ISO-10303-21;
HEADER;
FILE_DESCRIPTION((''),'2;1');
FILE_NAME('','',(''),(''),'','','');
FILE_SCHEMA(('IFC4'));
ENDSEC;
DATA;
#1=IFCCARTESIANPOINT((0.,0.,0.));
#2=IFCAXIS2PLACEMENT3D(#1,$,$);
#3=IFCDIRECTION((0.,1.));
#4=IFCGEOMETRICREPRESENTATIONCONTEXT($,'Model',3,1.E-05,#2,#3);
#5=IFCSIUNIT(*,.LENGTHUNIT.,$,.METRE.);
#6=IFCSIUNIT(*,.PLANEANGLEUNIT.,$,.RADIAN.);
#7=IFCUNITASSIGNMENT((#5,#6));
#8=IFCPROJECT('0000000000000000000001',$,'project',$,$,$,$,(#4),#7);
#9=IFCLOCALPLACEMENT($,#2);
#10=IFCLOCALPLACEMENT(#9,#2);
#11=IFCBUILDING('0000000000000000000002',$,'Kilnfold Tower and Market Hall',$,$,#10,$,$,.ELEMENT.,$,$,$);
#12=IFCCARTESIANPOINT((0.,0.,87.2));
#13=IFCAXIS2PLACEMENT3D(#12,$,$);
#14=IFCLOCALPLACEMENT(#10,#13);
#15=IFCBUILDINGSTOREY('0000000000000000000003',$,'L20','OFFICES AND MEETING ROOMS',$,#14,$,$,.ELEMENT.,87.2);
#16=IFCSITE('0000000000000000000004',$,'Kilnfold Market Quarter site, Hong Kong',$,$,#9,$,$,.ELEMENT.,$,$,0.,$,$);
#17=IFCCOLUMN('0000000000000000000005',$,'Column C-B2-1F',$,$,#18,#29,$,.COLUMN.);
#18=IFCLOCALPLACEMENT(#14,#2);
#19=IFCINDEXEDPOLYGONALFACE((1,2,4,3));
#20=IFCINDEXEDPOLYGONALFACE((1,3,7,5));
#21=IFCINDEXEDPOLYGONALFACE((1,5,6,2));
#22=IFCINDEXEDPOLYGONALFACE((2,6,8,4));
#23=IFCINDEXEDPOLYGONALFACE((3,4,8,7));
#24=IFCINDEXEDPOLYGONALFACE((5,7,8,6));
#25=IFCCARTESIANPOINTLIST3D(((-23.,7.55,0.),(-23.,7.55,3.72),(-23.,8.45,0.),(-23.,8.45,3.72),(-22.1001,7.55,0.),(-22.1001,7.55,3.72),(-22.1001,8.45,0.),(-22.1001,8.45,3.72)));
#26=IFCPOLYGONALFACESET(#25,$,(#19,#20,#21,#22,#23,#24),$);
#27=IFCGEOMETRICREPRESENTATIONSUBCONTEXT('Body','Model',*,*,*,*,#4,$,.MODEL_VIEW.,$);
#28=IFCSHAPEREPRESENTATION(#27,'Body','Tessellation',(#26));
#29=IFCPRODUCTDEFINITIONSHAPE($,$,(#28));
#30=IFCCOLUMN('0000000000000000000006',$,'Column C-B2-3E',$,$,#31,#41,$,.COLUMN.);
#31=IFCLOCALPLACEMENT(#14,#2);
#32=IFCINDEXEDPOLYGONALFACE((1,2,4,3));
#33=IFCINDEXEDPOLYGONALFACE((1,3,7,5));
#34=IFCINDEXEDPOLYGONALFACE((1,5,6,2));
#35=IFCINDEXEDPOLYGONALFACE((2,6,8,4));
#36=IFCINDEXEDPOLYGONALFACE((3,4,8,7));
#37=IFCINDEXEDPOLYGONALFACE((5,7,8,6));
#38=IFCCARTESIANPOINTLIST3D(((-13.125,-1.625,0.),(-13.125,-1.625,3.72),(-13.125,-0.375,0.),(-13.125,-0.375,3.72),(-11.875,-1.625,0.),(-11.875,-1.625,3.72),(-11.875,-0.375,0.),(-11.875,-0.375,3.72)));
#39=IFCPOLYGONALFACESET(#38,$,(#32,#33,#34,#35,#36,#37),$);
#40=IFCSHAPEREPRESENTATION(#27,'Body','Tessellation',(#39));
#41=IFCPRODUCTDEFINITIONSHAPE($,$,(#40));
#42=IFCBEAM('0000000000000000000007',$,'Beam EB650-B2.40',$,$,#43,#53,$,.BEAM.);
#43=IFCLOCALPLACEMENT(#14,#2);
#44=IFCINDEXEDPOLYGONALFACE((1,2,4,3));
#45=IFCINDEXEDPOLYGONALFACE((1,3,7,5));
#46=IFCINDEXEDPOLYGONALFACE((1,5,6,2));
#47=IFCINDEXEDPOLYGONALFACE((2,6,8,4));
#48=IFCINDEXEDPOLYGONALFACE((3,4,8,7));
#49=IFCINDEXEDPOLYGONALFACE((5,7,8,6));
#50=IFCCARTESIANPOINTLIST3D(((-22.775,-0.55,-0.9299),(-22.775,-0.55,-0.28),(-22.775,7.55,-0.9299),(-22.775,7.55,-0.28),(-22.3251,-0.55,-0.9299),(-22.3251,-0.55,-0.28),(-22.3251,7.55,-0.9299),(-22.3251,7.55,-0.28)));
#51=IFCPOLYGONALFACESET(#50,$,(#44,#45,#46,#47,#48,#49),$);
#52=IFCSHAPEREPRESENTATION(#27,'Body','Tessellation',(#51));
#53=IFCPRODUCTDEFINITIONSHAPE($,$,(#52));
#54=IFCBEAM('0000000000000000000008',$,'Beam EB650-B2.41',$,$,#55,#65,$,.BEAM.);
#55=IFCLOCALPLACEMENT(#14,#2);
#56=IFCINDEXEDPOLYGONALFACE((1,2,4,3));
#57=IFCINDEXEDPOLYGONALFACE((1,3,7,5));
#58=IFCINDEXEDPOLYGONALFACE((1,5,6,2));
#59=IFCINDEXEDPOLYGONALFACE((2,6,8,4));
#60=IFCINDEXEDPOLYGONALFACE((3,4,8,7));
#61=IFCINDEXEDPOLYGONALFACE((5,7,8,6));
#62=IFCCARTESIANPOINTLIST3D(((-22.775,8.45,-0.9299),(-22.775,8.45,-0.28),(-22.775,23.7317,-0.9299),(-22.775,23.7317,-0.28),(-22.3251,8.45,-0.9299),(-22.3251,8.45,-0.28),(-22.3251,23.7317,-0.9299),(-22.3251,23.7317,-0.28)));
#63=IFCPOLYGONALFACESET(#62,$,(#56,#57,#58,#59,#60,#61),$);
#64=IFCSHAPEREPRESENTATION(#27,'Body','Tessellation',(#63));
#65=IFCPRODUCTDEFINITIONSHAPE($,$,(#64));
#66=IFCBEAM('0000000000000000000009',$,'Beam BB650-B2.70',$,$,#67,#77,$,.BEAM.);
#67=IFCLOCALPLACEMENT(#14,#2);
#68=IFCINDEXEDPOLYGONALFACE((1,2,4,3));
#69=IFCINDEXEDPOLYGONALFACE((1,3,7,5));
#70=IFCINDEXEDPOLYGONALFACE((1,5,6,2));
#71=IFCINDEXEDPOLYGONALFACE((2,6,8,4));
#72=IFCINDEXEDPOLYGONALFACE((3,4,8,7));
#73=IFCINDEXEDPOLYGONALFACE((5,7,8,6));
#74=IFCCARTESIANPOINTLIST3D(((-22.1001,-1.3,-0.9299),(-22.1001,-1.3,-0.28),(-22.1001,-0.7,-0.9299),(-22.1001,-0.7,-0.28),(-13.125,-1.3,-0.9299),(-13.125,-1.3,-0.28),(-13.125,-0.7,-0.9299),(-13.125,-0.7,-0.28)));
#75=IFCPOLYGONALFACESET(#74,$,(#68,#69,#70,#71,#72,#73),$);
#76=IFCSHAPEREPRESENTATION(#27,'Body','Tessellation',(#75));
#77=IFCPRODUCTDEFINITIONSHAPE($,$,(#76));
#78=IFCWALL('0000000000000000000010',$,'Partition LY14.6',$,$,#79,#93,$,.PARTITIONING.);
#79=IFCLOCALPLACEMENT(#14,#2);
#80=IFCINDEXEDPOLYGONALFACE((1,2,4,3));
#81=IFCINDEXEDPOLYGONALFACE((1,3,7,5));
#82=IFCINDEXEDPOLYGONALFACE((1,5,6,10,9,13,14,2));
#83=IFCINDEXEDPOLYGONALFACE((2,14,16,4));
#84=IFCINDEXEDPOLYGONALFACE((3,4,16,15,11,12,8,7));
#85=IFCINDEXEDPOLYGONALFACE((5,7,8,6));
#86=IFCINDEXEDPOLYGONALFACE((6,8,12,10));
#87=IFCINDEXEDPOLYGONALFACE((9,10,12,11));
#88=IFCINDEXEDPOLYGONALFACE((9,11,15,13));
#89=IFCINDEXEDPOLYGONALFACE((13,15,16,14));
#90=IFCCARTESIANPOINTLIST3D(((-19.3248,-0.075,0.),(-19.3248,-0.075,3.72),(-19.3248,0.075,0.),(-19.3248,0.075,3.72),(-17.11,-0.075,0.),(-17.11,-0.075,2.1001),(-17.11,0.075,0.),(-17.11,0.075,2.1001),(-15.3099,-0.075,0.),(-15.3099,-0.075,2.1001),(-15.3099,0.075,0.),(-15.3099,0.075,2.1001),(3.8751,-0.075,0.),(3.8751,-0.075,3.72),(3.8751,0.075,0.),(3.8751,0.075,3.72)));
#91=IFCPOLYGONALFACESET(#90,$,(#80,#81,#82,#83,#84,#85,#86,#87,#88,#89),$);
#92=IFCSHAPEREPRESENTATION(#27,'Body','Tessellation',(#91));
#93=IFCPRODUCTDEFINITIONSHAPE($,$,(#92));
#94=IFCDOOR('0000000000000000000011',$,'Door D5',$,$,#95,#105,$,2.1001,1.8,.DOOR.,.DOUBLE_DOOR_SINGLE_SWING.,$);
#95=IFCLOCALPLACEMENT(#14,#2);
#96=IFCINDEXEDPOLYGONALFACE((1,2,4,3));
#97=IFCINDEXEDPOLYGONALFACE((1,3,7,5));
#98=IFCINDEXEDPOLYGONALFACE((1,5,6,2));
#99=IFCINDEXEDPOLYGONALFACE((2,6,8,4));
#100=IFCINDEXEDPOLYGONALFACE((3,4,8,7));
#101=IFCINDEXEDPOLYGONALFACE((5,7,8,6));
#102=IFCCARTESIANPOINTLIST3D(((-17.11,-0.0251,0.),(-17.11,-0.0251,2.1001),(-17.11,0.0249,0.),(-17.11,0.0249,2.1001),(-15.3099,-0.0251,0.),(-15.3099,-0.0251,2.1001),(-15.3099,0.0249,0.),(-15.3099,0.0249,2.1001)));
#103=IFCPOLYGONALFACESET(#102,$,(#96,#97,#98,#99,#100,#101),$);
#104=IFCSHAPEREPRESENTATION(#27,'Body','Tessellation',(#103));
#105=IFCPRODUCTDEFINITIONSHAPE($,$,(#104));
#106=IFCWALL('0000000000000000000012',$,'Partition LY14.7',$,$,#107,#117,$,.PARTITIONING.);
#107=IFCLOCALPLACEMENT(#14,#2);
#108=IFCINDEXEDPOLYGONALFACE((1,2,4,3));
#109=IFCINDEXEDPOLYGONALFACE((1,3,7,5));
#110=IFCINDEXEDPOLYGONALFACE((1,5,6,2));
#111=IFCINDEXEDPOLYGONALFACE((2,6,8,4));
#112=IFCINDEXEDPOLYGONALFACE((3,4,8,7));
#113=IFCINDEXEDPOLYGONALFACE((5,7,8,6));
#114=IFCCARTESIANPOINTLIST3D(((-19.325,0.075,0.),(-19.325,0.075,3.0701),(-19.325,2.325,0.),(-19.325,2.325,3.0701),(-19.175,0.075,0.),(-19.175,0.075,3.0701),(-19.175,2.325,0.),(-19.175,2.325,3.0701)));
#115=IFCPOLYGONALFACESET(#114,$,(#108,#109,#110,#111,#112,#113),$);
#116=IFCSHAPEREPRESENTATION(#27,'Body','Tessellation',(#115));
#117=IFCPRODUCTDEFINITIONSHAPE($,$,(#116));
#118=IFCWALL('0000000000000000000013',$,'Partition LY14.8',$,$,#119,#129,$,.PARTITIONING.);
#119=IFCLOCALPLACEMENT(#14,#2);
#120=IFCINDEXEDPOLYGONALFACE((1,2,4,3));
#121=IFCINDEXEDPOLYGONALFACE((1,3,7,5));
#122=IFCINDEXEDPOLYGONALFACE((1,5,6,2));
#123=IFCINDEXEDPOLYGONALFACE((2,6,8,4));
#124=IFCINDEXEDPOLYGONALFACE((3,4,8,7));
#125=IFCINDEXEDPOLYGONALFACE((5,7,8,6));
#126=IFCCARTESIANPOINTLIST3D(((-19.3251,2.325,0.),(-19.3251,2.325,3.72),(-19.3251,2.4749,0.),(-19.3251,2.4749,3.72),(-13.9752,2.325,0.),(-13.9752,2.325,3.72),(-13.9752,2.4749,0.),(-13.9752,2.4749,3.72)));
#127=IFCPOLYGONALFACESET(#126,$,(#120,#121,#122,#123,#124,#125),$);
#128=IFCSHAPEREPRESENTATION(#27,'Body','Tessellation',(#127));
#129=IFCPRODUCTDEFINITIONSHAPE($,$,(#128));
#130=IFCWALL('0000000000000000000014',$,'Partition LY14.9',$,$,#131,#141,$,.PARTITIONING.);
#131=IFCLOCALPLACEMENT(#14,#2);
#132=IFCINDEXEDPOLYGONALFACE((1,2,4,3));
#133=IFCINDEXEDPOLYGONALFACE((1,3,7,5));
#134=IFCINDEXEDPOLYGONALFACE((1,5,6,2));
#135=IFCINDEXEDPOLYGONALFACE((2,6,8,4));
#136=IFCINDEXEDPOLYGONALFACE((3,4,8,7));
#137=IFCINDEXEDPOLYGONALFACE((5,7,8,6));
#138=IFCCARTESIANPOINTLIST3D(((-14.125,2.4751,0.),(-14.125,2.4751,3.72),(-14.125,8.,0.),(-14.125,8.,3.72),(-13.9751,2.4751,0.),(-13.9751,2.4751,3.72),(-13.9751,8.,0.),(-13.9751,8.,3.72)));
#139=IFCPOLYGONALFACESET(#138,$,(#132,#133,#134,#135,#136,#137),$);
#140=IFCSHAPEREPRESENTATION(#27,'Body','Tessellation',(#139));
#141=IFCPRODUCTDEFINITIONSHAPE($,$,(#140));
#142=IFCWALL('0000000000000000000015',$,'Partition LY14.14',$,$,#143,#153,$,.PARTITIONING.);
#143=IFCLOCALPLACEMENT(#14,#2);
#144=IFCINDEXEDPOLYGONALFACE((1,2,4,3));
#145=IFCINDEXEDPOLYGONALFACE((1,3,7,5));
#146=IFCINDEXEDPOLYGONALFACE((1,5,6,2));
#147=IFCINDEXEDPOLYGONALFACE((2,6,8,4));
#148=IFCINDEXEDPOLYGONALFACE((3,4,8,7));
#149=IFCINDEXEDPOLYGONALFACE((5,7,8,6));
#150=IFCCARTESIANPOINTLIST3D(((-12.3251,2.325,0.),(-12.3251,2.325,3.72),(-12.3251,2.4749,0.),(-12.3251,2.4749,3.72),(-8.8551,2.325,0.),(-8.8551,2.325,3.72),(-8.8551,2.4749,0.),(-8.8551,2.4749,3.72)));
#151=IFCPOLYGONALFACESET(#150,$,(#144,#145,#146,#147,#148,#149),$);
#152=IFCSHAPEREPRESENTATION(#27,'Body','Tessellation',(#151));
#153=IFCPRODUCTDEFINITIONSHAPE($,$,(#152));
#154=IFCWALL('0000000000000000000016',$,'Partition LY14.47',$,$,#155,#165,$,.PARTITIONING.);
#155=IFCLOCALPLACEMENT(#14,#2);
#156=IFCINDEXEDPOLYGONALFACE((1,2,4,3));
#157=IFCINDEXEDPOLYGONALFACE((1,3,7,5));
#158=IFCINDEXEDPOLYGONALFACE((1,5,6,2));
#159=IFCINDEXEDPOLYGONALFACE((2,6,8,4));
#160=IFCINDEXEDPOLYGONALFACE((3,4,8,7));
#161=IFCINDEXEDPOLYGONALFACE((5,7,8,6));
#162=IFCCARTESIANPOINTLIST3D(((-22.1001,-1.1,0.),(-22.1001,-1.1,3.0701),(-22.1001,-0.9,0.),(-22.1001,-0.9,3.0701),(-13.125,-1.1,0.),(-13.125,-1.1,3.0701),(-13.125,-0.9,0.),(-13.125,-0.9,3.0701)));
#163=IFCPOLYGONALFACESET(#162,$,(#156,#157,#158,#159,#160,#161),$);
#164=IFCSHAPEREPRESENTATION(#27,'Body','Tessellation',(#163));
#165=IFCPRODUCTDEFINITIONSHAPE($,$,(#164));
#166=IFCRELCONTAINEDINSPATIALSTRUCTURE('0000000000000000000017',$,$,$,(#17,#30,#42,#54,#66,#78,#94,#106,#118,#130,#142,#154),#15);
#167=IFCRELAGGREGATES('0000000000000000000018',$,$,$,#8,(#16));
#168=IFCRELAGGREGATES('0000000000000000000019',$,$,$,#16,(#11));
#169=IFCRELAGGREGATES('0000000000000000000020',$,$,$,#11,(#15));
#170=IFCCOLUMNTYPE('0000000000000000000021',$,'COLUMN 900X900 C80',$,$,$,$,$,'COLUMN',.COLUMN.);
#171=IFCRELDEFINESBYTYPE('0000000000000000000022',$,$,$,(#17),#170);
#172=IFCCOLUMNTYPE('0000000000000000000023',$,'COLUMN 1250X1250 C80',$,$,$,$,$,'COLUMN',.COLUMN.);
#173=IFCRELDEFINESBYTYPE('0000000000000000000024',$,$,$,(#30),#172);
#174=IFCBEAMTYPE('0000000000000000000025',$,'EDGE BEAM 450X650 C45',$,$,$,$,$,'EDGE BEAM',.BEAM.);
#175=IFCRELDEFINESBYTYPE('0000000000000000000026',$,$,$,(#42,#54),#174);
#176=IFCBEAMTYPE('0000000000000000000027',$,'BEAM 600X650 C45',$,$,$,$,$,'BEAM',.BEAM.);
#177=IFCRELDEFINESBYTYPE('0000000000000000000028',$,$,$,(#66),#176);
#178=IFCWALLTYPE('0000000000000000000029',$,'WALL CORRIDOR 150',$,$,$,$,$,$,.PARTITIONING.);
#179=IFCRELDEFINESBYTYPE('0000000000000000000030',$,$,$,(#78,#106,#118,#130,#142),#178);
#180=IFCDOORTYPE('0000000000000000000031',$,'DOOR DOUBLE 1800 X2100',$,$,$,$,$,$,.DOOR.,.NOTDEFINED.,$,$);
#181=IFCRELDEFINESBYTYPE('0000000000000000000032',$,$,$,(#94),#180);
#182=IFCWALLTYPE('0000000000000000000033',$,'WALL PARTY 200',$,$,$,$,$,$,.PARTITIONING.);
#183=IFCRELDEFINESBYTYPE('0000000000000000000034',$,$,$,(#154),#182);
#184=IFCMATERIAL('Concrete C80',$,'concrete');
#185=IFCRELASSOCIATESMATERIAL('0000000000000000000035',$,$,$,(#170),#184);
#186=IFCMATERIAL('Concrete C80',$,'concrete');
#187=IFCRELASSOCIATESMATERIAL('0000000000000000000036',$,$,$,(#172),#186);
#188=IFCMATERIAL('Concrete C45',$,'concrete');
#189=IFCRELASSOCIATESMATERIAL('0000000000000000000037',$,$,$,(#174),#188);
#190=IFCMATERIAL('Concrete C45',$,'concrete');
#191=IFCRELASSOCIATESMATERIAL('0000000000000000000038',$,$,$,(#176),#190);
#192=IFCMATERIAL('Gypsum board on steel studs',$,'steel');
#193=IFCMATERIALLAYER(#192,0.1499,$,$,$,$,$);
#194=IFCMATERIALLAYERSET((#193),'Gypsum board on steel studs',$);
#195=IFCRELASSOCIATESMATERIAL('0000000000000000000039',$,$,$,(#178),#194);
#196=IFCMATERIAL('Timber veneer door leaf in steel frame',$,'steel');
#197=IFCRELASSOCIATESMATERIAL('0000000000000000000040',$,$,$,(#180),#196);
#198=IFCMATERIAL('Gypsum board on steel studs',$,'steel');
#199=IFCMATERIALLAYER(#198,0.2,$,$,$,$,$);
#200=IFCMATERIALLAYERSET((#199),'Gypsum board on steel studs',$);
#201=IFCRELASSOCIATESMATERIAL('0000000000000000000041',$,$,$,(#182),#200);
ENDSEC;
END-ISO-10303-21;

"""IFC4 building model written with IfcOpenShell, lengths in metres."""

from ifc_helpers import new_model, si_unit, direction, frame, frame_2d, origin, origin_2d, place, context, subcontext, project, spatial, rectangle, extrude, source, transform, mapped, material, layer, layer_set, material_profile, profile_set, type_object, element, fill, save


model = new_model("IFC4")

# Units and contexts
model_context = context("Model", 3, precision=1e-05, world=origin(), true_north=direction((0.0, 1.0)))
body_context = subcontext(model_context, "Body", "Model", "MODEL_VIEW")
ifc_project = project(units=[si_unit("LENGTHUNIT", "METRE"), si_unit("PLANEANGLEUNIT", "RADIAN")], contexts=[model_context])

# Site, building, storey
site_placement = place(None, origin())
site = spatial("IfcSite", under=ifc_project, at=site_placement, Name="Kilnfold Market Quarter site, Hong Kong", CompositionType="ELEMENT", RefElevation=0.0)
building_placement = place(site_placement, origin())
building = spatial("IfcBuilding", under=site, at=building_placement, Name="Kilnfold Tower and Market Hall", CompositionType="ELEMENT")
storey_placement = place(building_placement, frame((0.0, 0.0, 87.2)))
storey = spatial("IfcBuildingStorey", under=building, at=storey_placement, Name="L20", Description="OFFICES AND MEETING ROOMS", CompositionType="ELEMENT", Elevation=87.2)

# Columns
ifc_material_1 = material(Name="Concrete C80", Category="concrete")
ifc_material_profile_1 = material_profile(ifc_material_1, rectangle(XDim=0.8999, YDim=0.8999, at=origin_2d()), Name="RC 900x900")
ifc_profile_set_1 = profile_set([ifc_material_profile_1], Name="Concrete C80")
column_type_1 = type_object("IfcColumnType", Name="COLUMN 900X900 C80", ElementType="COLUMN", PredefinedType="COLUMN", material=ifc_profile_set_1)
shared_shape_1 = source(origin(), body_context, "Body", "SweptSolid", [
    extrude(rectangle(XDim=0.8999, YDim=0.8999, at=origin_2d()), origin(), (0.0, 0.0, 1.0), 3.72),
])
column_1_placement = place(storey_placement, frame((-22.55, 8.0, 0.0), z_axis=(0.0, 0.0, 1.0), x_axis=(1.0, 0.0, 0.0)))
element("IfcColumn", 1, at=column_1_placement, inside=storey, type_object=column_type_1, Name="Column C-B2-1F", PredefinedType="COLUMN", context=body_context, shape_type="MappedRepresentation", body=[
    mapped(shared_shape_1, transform((0.0, 0.0, 0.0))),
])
ifc_material_2 = material(Name="Concrete C80", Category="concrete")
ifc_material_profile_2 = material_profile(ifc_material_2, rectangle(XDim=1.25, YDim=1.25, at=origin_2d()), Name="RC 1250x1250")
ifc_profile_set_2 = profile_set([ifc_material_profile_2], Name="Concrete C80")
column_type_2 = type_object("IfcColumnType", Name="COLUMN 1250X1250 C80", ElementType="COLUMN", PredefinedType="COLUMN", material=ifc_profile_set_2)
shared_shape_2 = source(origin(), body_context, "Body", "SweptSolid", [
    extrude(rectangle(XDim=1.25, YDim=1.25, at=origin_2d()), origin(), (0.0, 0.0, 1.0), 3.72),
])
column_2_placement = place(storey_placement, frame((-12.5, -1.0, 0.0), z_axis=(0.0, 0.0, 1.0), x_axis=(1.0, 0.0, 0.0)))
element("IfcColumn", 2, at=column_2_placement, inside=storey, type_object=column_type_2, Name="Column C-B2-3E", PredefinedType="COLUMN", context=body_context, shape_type="MappedRepresentation", body=[
    mapped(shared_shape_2, transform((0.0, 0.0, 0.0))),
])

# Beams
ifc_material_3 = material(Name="Concrete C45", Category="concrete")
ifc_material_profile_3 = material_profile(ifc_material_3, rectangle(XDim=0.45, YDim=0.6499, at=origin_2d()), Name="RC 450x650")
ifc_profile_set_3 = profile_set([ifc_material_profile_3], Name="Concrete C45")
beam_type_1 = type_object("IfcBeamType", Name="EDGE BEAM 450X650 C45", ElementType="EDGE BEAM", PredefinedType="BEAM", material=ifc_profile_set_3)
shared_shape_3 = source(origin(), body_context, "Body", "SweptSolid", [
    extrude(rectangle(XDim=0.45, YDim=0.6499, at=origin_2d()), origin(), (0.0, 0.0, 1.0), 8.1001),
])
beam_1_placement = place(storey_placement, frame((-22.55, -0.55, -0.605), z_axis=(0.0, 1.0, 0.0), x_axis=(-1.0, 0.0, 0.0)))
element("IfcBeam", 3, at=beam_1_placement, inside=storey, type_object=beam_type_1, Name="Beam EB650-B2.40", PredefinedType="BEAM", context=body_context, shape_type="MappedRepresentation", body=[
    mapped(shared_shape_3, transform((0.0, 0.0, 0.0))),
])
shared_shape_4 = source(origin(), body_context, "Body", "SweptSolid", [
    extrude(rectangle(XDim=0.45, YDim=0.6499, at=origin_2d()), origin(), (0.0, 0.0, 1.0), 15.2817),
])
beam_2_placement = place(storey_placement, frame((-22.55, 8.45, -0.605), z_axis=(0.0, 1.0, 0.0), x_axis=(-1.0, 0.0, 0.0)))
element("IfcBeam", 4, at=beam_2_placement, inside=storey, type_object=beam_type_1, Name="Beam EB650-B2.41", PredefinedType="BEAM", context=body_context, shape_type="MappedRepresentation", body=[
    mapped(shared_shape_4, transform((0.0, 0.0, 0.0))),
])
ifc_material_4 = material(Name="Concrete C45", Category="concrete")
ifc_material_profile_4 = material_profile(ifc_material_4, rectangle(XDim=0.6001, YDim=0.6499, at=origin_2d()), Name="RC 600x650")
ifc_profile_set_4 = profile_set([ifc_material_profile_4], Name="Concrete C45")
beam_type_2 = type_object("IfcBeamType", Name="BEAM 600X650 C45", ElementType="BEAM", PredefinedType="BEAM", material=ifc_profile_set_4)
shared_shape_5 = source(origin(), body_context, "Body", "SweptSolid", [
    extrude(rectangle(XDim=0.6001, YDim=0.6499, at=origin_2d()), origin(), (0.0, 0.0, 1.0), 8.9751),
])
beam_3_placement = place(storey_placement, frame((-22.1001, -1.0, -0.605), z_axis=(1.0, 0.0, 0.0), x_axis=(0.0, 1.0, 0.0)))
element("IfcBeam", 5, at=beam_3_placement, inside=storey, type_object=beam_type_2, Name="Beam BB650-B2.70", PredefinedType="BEAM", context=body_context, shape_type="MappedRepresentation", body=[
    mapped(shared_shape_5, transform((0.0, 0.0, 0.0))),
])

# Wall, opening, door
ifc_material_5 = material(Name="Gypsum board on steel studs", Category="steel")
ifc_layer_1 = layer(ifc_material_5, 0.1499)
ifc_layer_set_1 = layer_set([ifc_layer_1], Name="Gypsum board on steel studs")
wall_type_1 = type_object("IfcWallType", Name="WALL CORRIDOR 150", PredefinedType="PARTITIONING", material=ifc_layer_set_1)
wall_1_placement = place(storey_placement, frame((-19.325, 0.0, 0.0), z_axis=(0.0, 0.0, 1.0), x_axis=(1.0, 0.0, 0.0)))
wall_1 = element("IfcWall", 6, at=wall_1_placement, inside=storey, type_object=wall_type_1, Name="Partition LY14.6", PredefinedType="PARTITIONING", context=body_context, shape_type="SweptSolid", body=[
    extrude(rectangle(XDim=23.2, YDim=0.1499, at=frame_2d((11.6001, 0.0))), origin(), (0.0, 0.0, 1.0), 3.72),
])
opening_1_placement = place(wall_1_placement, frame((2.2151, 0.0, 0.0)))
opening_1 = element("IfcOpeningElement", 7, at=opening_1_placement, cuts=wall_1, PredefinedType="OPENING", context=body_context, shape_type="SweptSolid", body=[
    extrude(rectangle(XDim=1.8, YDim=2.1001, at=frame_2d((0.8999, 1.05))), frame((0.0, 0.085, 0.0), z_axis=(0.0, -1.0, 0.0), x_axis=(1.0, 0.0, 0.0)), (0.0, 0.0, 1.0), 0.1699),
])
ifc_material_6 = material(Name="Timber veneer door leaf in steel frame", Category="steel")
door_type_1 = type_object("IfcDoorType", Name="DOOR DOUBLE 1800 X2100", OperationType="NOTDEFINED", PredefinedType="DOOR", material=ifc_material_6)
door_1_placement = place(opening_1_placement, origin())
door_1 = element("IfcDoor", 8, at=door_1_placement, inside=storey, type_object=door_type_1, Name="Door D5", OperationType="DOUBLE_DOOR_SINGLE_SWING", OverallHeight=2.1001, OverallWidth=1.8, PredefinedType="DOOR", context=body_context, shape_type="SweptSolid", body=[
    extrude(rectangle(XDim=1.8, YDim=2.1001, at=frame_2d((0.8999, 1.05))), frame((0.0, 0.0249, 0.0), z_axis=(0.0, -1.0, 0.0), x_axis=(1.0, 0.0, 0.0)), (0.0, 0.0, 1.0), 0.05),
])
fill(opening_1, door_1)

# Walls
wall_2_placement = place(storey_placement, frame((-19.25, 2.325, 0.0), z_axis=(0.0, 0.0, 1.0), x_axis=(0.0, -1.0, 0.0)))
element("IfcWall", 9, at=wall_2_placement, inside=storey, type_object=wall_type_1, Name="Partition LY14.7", PredefinedType="PARTITIONING", context=body_context, shape_type="SweptSolid", body=[
    extrude(rectangle(XDim=2.25, YDim=0.1499, at=frame_2d((1.125, 0.0))), origin(), (0.0, 0.0, 1.0), 3.0701),
])
wall_3_placement = place(storey_placement, frame((-19.325, 2.3999, 0.0), z_axis=(0.0, 0.0, 1.0), x_axis=(1.0, 0.0, 0.0)))
element("IfcWall", 10, at=wall_3_placement, inside=storey, type_object=wall_type_1, Name="Partition LY14.8", PredefinedType="PARTITIONING", context=body_context, shape_type="SweptSolid", body=[
    extrude(rectangle(XDim=5.3499, YDim=0.1499, at=frame_2d((2.6748, 0.0))), origin(), (0.0, 0.0, 1.0), 3.72),
])
wall_4_placement = place(storey_placement, frame((-14.05, 8.0, 0.0), z_axis=(0.0, 0.0, 1.0), x_axis=(0.0, -1.0, 0.0)))
element("IfcWall", 11, at=wall_4_placement, inside=storey, type_object=wall_type_1, Name="Partition LY14.9", PredefinedType="PARTITIONING", context=body_context, shape_type="SweptSolid", body=[
    extrude(rectangle(XDim=5.5249, YDim=0.1499, at=frame_2d((2.7625, 0.0))), origin(), (0.0, 0.0, 1.0), 3.72),
])
wall_5_placement = place(storey_placement, frame((-12.325, 2.3999, 0.0), z_axis=(0.0, 0.0, 1.0), x_axis=(1.0, 0.0, 0.0)))
element("IfcWall", 12, at=wall_5_placement, inside=storey, type_object=wall_type_1, Name="Partition LY14.14", PredefinedType="PARTITIONING", context=body_context, shape_type="SweptSolid", body=[
    extrude(rectangle(XDim=3.47, YDim=0.1499, at=frame_2d((1.7349, 0.0))), origin(), (0.0, 0.0, 1.0), 3.72),
])
ifc_material_7 = material(Name="Gypsum board on steel studs", Category="steel")
ifc_layer_2 = layer(ifc_material_7, 0.2)
ifc_layer_set_2 = layer_set([ifc_layer_2], Name="Gypsum board on steel studs")
wall_type_2 = type_object("IfcWallType", Name="WALL PARTY 200", PredefinedType="PARTITIONING", material=ifc_layer_set_2)
wall_6_placement = place(storey_placement, frame((-22.1001, -1.0, 0.0), z_axis=(0.0, 0.0, 1.0), x_axis=(1.0, 0.0, 0.0)))
element("IfcWall", 13, at=wall_6_placement, inside=storey, type_object=wall_type_2, Name="Partition LY14.47", PredefinedType="PARTITIONING", context=body_context, shape_type="SweptSolid", body=[
    extrude(rectangle(XDim=8.9751, YDim=0.2, at=frame_2d((4.4875, 0.0))), origin(), (0.0, 0.0, 1.0), 3.0701),
])

save(model, "model.ifc")
